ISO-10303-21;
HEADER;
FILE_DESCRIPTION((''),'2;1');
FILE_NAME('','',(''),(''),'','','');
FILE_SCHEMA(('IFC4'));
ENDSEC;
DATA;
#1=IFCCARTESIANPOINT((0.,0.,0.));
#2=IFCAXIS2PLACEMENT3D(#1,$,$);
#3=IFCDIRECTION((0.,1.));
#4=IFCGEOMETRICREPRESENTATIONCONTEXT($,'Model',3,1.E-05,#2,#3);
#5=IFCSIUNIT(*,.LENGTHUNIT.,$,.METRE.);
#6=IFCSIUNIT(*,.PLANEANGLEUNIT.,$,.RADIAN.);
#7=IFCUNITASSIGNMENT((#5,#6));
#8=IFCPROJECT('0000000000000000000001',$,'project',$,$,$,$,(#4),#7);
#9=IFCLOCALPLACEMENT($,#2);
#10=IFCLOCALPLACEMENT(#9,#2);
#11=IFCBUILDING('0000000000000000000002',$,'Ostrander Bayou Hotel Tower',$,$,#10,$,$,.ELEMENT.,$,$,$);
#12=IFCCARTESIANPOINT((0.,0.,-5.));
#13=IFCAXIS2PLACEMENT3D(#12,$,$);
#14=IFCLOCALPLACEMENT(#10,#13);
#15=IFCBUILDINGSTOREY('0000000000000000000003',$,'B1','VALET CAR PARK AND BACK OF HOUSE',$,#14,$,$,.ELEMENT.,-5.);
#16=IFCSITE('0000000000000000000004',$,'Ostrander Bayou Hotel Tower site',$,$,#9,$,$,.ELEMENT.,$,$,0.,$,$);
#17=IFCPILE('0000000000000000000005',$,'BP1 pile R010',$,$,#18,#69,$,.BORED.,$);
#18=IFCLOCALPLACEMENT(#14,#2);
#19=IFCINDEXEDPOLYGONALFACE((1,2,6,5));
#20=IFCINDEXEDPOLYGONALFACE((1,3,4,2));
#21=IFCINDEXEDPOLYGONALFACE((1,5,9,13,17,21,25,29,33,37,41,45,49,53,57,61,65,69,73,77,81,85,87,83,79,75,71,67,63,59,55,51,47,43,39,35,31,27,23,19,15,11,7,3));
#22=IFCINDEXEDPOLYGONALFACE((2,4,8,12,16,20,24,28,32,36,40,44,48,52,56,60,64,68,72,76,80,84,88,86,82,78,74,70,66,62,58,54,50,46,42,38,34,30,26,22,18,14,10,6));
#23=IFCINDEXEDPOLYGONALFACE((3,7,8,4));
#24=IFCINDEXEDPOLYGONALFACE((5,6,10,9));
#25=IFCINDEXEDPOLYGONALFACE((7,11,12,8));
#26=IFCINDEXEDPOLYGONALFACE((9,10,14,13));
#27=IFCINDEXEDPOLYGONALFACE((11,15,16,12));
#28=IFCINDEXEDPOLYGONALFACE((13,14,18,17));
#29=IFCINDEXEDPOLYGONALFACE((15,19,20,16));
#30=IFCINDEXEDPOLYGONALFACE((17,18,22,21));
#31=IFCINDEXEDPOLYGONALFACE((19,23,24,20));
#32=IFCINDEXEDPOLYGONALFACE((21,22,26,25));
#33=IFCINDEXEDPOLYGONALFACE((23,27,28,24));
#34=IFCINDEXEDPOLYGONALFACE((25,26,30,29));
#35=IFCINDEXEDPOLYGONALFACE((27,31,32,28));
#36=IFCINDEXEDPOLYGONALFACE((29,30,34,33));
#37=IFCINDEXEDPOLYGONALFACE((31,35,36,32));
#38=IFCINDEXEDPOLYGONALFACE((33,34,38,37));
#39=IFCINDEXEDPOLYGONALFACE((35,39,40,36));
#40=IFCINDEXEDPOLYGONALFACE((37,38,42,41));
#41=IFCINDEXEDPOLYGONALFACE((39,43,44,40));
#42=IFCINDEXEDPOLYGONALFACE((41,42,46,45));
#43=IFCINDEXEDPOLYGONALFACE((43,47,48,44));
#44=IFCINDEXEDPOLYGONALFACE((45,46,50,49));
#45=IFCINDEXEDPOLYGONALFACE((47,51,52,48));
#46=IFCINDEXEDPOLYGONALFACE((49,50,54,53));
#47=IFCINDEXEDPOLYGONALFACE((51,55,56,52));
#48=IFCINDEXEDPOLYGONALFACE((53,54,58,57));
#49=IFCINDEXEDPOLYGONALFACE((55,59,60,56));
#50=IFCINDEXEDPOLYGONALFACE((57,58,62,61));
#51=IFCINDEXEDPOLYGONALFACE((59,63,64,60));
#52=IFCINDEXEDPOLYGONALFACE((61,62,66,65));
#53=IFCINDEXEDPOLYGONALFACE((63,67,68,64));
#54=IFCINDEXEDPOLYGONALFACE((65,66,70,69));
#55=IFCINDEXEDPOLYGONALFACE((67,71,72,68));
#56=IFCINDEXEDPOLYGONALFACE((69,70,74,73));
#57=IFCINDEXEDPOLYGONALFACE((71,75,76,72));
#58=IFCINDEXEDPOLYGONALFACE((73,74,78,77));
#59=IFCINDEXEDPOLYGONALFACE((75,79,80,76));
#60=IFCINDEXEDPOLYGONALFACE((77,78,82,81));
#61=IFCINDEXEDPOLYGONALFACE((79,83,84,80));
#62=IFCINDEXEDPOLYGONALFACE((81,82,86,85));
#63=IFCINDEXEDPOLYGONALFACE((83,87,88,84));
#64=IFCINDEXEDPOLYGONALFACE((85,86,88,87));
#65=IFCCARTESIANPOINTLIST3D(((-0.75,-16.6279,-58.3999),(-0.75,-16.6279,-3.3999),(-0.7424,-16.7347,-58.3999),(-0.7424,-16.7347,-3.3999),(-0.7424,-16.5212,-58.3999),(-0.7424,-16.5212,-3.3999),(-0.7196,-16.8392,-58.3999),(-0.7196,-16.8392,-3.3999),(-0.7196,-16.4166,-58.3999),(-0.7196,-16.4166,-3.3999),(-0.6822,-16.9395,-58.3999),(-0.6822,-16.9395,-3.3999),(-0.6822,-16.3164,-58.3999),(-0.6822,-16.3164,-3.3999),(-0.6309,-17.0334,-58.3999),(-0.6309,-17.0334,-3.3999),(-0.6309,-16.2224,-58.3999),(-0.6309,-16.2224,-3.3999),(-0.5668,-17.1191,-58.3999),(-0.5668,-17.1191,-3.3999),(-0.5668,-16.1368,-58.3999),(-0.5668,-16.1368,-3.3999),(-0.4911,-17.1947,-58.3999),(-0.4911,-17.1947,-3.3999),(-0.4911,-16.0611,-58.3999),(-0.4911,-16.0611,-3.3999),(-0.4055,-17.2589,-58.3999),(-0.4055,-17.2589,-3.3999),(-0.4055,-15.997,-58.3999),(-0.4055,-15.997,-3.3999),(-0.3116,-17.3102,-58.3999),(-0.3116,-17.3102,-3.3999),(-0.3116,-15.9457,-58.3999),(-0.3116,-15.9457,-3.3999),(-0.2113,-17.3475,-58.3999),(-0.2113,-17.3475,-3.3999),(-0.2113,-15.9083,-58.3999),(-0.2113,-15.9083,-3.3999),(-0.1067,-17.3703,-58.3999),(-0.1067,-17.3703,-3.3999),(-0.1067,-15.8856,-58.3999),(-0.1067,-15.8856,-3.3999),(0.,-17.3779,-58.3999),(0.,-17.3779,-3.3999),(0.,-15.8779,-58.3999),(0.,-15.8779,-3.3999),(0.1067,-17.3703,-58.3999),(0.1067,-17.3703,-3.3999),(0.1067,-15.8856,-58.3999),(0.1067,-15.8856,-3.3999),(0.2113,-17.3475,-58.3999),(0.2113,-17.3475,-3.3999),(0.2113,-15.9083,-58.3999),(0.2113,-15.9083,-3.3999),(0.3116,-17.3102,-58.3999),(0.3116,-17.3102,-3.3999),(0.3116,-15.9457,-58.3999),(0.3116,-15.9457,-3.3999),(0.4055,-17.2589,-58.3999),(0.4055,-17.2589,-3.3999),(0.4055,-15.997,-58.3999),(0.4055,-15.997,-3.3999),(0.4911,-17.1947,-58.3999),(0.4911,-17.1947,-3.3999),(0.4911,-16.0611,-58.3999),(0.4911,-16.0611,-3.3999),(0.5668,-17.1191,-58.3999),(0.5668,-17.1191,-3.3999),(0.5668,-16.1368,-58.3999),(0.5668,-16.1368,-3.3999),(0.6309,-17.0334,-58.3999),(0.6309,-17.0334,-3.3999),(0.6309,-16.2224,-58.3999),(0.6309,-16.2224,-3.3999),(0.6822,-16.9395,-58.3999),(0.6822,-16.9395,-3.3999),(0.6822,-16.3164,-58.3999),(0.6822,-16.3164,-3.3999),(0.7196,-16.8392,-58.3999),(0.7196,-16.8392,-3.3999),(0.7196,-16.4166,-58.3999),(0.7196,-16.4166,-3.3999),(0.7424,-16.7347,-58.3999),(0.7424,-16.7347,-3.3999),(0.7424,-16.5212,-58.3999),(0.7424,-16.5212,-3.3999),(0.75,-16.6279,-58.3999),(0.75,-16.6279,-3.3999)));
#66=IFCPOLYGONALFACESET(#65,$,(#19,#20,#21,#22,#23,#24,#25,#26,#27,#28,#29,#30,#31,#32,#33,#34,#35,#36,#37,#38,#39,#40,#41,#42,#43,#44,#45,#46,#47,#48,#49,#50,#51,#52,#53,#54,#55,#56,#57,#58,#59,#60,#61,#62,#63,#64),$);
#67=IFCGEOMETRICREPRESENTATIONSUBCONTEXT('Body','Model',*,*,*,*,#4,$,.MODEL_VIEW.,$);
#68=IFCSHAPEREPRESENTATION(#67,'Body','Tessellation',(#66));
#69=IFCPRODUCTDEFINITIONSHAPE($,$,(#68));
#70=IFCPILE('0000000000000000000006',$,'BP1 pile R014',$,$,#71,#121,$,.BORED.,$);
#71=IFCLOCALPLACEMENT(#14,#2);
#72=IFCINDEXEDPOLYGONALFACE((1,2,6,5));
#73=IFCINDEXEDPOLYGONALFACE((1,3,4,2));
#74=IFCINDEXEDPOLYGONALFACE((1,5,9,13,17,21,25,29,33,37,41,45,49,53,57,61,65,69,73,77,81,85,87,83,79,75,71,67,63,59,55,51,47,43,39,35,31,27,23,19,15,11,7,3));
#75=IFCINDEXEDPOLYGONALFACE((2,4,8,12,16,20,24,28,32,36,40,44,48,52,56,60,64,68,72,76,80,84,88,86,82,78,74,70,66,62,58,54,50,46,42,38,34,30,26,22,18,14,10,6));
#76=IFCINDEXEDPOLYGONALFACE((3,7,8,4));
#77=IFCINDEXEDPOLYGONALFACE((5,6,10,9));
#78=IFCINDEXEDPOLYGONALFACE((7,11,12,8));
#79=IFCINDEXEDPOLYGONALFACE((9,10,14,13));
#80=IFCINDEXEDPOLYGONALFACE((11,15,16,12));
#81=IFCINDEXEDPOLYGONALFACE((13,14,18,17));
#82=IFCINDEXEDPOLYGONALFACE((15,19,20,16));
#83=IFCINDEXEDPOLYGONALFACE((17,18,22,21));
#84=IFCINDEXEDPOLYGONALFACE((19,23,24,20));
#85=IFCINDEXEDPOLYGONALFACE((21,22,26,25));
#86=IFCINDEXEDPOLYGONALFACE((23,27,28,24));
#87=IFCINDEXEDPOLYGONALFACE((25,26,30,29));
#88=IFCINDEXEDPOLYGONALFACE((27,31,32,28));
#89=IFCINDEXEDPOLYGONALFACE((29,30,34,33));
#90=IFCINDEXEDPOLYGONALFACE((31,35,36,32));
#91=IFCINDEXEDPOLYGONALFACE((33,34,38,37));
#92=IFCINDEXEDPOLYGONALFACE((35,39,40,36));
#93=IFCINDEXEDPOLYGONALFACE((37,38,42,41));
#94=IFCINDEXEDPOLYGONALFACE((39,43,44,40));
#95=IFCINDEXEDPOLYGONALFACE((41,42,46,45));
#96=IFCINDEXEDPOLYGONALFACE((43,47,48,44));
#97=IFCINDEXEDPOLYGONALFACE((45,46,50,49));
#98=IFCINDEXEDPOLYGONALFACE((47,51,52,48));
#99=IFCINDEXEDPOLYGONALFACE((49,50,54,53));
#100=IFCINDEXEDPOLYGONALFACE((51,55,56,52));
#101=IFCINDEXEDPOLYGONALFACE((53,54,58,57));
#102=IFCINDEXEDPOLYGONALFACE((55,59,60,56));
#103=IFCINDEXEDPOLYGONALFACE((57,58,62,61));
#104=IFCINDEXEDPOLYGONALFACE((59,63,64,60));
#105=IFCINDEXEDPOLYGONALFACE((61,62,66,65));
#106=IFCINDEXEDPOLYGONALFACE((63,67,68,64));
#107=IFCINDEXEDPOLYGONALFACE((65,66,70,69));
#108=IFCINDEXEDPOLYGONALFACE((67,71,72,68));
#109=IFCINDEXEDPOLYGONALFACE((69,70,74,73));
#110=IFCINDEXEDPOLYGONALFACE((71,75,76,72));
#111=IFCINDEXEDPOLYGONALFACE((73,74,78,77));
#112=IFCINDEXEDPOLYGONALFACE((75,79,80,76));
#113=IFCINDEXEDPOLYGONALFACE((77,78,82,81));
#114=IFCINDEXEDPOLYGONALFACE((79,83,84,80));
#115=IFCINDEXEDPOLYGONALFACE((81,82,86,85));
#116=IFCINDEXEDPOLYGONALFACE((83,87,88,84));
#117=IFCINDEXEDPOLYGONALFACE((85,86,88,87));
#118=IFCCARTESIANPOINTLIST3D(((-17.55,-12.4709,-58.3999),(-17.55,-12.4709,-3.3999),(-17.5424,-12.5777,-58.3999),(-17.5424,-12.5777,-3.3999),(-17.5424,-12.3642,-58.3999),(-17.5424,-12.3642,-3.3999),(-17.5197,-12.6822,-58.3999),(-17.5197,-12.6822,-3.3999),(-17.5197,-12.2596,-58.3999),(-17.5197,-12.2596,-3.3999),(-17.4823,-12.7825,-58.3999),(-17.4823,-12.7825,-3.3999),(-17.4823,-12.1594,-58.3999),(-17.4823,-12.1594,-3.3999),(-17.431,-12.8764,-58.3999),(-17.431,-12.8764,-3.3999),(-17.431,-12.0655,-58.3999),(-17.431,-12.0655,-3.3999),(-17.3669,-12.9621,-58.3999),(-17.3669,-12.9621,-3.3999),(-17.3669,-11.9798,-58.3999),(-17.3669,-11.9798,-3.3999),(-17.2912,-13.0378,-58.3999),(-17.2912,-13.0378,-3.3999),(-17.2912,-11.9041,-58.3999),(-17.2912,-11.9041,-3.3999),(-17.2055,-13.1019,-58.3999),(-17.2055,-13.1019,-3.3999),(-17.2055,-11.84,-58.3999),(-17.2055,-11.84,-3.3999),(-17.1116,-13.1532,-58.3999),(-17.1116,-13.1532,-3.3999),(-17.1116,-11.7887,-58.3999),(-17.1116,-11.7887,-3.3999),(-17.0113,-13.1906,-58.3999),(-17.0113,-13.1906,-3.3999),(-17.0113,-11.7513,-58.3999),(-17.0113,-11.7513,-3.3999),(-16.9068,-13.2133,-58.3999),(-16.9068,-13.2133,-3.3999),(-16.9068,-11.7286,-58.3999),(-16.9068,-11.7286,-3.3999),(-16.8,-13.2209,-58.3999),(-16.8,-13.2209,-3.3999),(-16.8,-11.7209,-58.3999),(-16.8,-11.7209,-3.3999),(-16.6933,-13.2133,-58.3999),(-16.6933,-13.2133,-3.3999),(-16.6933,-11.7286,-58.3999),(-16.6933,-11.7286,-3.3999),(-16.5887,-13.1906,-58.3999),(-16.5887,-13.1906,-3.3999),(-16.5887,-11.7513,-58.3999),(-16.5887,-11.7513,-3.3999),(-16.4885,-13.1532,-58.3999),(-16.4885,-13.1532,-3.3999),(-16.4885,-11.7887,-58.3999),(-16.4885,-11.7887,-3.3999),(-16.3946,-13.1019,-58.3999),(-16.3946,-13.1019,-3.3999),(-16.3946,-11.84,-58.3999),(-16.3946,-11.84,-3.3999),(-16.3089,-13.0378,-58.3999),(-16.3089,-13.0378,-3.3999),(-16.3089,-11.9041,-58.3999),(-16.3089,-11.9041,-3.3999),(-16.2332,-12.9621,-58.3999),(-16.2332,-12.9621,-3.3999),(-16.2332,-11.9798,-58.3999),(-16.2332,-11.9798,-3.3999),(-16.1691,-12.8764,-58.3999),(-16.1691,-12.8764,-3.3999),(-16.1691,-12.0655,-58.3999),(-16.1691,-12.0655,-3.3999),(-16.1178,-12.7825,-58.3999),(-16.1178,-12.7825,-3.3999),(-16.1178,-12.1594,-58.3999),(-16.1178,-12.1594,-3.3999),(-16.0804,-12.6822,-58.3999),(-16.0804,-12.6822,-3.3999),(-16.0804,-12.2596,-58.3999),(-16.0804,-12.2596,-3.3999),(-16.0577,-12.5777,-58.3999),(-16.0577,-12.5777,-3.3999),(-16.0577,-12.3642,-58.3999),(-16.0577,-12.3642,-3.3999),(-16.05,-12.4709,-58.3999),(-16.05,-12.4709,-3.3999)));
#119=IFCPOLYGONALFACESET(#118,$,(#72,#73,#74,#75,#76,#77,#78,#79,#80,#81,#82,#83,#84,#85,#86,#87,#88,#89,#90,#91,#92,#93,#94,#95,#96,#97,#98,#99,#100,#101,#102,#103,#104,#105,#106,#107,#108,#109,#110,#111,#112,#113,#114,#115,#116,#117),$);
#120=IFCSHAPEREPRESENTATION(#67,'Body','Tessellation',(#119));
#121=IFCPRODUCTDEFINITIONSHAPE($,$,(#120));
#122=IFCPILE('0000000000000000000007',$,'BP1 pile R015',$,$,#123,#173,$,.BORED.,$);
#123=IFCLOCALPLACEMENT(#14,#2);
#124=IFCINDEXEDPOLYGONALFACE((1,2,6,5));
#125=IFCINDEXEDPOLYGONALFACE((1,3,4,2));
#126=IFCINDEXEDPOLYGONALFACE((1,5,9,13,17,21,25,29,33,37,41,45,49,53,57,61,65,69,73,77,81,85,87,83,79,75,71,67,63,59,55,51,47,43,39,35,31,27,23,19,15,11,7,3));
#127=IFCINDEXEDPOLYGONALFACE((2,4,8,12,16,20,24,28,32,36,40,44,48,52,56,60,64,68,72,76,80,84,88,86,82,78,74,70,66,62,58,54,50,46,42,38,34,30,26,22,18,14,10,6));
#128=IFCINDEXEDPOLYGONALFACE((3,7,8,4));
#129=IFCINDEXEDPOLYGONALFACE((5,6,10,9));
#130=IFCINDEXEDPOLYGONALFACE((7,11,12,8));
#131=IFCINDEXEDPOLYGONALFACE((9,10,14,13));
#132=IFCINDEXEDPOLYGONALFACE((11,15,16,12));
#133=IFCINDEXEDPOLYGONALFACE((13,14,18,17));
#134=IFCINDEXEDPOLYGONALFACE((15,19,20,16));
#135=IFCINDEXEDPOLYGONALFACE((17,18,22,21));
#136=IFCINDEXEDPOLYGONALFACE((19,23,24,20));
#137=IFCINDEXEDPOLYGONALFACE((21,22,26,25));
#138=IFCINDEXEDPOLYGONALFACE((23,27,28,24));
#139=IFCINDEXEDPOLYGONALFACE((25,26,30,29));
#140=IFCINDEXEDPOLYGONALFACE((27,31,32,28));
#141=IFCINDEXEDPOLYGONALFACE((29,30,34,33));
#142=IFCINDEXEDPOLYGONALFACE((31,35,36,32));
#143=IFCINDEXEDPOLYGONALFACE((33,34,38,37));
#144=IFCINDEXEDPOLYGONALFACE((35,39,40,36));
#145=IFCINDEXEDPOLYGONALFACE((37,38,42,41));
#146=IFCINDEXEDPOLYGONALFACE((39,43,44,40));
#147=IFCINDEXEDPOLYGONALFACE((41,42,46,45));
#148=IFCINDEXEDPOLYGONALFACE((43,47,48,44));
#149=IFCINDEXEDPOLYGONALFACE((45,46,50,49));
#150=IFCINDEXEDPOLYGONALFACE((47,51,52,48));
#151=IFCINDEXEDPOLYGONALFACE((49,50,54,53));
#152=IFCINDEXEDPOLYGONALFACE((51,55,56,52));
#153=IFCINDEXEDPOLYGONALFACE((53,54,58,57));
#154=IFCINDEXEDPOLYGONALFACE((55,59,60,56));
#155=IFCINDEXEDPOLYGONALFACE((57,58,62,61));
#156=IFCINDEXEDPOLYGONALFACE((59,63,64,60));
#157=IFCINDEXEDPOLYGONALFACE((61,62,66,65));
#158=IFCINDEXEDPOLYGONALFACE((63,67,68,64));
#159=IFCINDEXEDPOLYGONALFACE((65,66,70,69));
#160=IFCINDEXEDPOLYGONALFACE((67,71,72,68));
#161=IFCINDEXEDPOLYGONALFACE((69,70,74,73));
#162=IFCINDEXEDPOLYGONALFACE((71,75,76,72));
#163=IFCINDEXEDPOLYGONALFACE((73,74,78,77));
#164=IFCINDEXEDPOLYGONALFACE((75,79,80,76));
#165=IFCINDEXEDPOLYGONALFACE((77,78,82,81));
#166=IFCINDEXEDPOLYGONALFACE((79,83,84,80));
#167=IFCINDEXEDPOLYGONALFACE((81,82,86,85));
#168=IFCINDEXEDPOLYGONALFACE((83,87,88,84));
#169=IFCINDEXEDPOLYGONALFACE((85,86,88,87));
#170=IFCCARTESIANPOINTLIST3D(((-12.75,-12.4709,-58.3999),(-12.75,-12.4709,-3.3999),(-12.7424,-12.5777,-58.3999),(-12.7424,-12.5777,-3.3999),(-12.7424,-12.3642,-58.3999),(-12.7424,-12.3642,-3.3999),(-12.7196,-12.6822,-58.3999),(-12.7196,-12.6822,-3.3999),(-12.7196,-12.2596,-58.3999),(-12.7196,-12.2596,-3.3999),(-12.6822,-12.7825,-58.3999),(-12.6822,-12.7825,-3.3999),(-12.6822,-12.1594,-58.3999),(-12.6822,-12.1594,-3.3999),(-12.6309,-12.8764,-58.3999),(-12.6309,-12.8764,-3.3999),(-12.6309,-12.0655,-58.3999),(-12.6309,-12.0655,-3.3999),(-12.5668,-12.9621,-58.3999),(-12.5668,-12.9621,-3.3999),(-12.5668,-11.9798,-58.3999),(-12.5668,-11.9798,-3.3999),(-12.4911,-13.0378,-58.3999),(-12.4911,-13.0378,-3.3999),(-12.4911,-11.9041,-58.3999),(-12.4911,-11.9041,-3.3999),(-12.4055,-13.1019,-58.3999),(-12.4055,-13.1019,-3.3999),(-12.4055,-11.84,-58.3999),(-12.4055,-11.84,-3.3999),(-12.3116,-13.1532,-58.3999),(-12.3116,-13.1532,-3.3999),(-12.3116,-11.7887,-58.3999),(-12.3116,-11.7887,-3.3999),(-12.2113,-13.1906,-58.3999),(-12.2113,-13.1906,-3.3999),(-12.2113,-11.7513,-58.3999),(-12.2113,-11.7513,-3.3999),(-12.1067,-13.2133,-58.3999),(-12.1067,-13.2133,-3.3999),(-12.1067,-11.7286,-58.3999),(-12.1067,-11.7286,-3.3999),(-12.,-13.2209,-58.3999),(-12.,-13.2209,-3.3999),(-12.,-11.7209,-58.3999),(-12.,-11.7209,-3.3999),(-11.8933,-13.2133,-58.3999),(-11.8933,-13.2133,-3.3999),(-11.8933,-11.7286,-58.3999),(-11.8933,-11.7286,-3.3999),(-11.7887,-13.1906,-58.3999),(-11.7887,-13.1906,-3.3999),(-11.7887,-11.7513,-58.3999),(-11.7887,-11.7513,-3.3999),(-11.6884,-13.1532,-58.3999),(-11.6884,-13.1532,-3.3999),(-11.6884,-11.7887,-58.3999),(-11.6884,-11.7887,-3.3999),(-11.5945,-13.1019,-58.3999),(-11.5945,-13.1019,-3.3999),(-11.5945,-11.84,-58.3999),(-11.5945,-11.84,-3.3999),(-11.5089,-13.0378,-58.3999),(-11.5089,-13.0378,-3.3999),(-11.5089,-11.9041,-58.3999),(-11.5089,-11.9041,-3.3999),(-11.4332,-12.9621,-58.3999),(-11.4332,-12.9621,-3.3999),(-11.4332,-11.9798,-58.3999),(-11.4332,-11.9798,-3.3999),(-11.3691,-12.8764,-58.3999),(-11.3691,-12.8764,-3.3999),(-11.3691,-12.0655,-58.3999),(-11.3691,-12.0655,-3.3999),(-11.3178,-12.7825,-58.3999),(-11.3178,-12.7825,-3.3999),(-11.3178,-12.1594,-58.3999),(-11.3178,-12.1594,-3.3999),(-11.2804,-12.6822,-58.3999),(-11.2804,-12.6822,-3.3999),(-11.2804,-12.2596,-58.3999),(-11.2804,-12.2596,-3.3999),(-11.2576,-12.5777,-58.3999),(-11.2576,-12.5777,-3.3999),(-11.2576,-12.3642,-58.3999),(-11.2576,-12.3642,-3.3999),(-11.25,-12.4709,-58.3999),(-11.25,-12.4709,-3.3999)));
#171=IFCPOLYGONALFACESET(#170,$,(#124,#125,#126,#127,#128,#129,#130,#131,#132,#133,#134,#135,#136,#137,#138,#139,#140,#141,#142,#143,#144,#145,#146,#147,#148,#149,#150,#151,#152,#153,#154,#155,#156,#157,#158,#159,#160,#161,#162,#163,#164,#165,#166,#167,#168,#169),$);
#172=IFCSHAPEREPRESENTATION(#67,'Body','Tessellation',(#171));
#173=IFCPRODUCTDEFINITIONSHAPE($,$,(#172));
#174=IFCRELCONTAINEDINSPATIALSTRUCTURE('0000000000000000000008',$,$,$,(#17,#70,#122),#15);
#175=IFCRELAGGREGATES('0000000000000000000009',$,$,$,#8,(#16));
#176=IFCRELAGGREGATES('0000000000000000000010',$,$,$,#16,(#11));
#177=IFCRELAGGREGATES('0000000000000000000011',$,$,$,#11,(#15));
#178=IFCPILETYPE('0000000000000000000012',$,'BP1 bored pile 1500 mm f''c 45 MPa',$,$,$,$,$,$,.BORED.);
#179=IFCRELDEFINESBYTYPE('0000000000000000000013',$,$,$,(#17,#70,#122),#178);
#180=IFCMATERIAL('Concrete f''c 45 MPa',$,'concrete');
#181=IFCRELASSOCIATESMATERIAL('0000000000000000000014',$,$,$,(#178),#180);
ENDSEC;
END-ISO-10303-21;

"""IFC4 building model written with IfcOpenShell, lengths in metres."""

from ifc_helpers import new_model, si_unit, direction, frame, origin, origin_2d, place, context, subcontext, project, spatial, circle, extrude, material, material_profile, profile_set, type_object, element, save


model = new_model("IFC4")

# Units and contexts
model_context = context("Model", 3, precision=1e-05, world=origin(), true_north=direction((0.0, 1.0)))
body_context = subcontext(model_context, "Body", "Model", "MODEL_VIEW")
ifc_project = project(units=[si_unit("LENGTHUNIT", "METRE"), si_unit("PLANEANGLEUNIT", "RADIAN")], contexts=[model_context])

# Site, building, storey
site_placement = place(None, origin())
site = spatial("IfcSite", under=ifc_project, at=site_placement, Name="Ostrander Bayou Hotel Tower site", CompositionType="ELEMENT", RefElevation=0.0)
building_placement = place(site_placement, origin())
building = spatial("IfcBuilding", under=site, at=building_placement, Name="Ostrander Bayou Hotel Tower", CompositionType="ELEMENT")
storey_placement = place(building_placement, frame((0.0, 0.0, -5.0)))
storey = spatial("IfcBuildingStorey", under=building, at=storey_placement, Name="B1", Description="VALET CAR PARK AND BACK OF HOUSE", CompositionType="ELEMENT", Elevation=-5.0)

# Piles
ifc_material_1 = material(Name="Concrete f'c 45 MPa", Category="concrete")
ifc_material_profile_1 = material_profile(ifc_material_1, circle(Radius=0.75, at=origin_2d()))
ifc_profile_set_1 = profile_set([ifc_material_profile_1], Name="Concrete f'c 45 MPa")
pile_type_1 = type_object("IfcPileType", Name="BP1 bored pile 1500 mm f'c 45 MPa", PredefinedType="BORED", material=ifc_profile_set_1)
for number, where, z_axis, x_axis, name in (
    (1, (0.0, -16.6279, -3.3999), (0.0, 0.0, -1.0), (1.0, 0.0, 0.0), "BP1 pile R010"),
    (2, (-16.8, -12.4709, -3.3999), (0.0, 0.0, -1.0), (1.0, 0.0, 0.0), "BP1 pile R014"),
    (3, (-12.0, -12.4709, -3.3999), (0.0, 0.0, -1.0), (1.0, 0.0, 0.0), "BP1 pile R015"),
):
    element("IfcPile", number, at=place(storey_placement, frame(where, z_axis=z_axis, x_axis=x_axis)), inside=storey, type_object=pile_type_1, Name=name, PredefinedType="BORED", context=body_context, shape_type="SweptSolid", body=[
        extrude(circle(Radius=0.75, at=origin_2d()), origin(), (0.0, 0.0, 1.0), 55.0),
    ])

save(model, "model.ifc")
